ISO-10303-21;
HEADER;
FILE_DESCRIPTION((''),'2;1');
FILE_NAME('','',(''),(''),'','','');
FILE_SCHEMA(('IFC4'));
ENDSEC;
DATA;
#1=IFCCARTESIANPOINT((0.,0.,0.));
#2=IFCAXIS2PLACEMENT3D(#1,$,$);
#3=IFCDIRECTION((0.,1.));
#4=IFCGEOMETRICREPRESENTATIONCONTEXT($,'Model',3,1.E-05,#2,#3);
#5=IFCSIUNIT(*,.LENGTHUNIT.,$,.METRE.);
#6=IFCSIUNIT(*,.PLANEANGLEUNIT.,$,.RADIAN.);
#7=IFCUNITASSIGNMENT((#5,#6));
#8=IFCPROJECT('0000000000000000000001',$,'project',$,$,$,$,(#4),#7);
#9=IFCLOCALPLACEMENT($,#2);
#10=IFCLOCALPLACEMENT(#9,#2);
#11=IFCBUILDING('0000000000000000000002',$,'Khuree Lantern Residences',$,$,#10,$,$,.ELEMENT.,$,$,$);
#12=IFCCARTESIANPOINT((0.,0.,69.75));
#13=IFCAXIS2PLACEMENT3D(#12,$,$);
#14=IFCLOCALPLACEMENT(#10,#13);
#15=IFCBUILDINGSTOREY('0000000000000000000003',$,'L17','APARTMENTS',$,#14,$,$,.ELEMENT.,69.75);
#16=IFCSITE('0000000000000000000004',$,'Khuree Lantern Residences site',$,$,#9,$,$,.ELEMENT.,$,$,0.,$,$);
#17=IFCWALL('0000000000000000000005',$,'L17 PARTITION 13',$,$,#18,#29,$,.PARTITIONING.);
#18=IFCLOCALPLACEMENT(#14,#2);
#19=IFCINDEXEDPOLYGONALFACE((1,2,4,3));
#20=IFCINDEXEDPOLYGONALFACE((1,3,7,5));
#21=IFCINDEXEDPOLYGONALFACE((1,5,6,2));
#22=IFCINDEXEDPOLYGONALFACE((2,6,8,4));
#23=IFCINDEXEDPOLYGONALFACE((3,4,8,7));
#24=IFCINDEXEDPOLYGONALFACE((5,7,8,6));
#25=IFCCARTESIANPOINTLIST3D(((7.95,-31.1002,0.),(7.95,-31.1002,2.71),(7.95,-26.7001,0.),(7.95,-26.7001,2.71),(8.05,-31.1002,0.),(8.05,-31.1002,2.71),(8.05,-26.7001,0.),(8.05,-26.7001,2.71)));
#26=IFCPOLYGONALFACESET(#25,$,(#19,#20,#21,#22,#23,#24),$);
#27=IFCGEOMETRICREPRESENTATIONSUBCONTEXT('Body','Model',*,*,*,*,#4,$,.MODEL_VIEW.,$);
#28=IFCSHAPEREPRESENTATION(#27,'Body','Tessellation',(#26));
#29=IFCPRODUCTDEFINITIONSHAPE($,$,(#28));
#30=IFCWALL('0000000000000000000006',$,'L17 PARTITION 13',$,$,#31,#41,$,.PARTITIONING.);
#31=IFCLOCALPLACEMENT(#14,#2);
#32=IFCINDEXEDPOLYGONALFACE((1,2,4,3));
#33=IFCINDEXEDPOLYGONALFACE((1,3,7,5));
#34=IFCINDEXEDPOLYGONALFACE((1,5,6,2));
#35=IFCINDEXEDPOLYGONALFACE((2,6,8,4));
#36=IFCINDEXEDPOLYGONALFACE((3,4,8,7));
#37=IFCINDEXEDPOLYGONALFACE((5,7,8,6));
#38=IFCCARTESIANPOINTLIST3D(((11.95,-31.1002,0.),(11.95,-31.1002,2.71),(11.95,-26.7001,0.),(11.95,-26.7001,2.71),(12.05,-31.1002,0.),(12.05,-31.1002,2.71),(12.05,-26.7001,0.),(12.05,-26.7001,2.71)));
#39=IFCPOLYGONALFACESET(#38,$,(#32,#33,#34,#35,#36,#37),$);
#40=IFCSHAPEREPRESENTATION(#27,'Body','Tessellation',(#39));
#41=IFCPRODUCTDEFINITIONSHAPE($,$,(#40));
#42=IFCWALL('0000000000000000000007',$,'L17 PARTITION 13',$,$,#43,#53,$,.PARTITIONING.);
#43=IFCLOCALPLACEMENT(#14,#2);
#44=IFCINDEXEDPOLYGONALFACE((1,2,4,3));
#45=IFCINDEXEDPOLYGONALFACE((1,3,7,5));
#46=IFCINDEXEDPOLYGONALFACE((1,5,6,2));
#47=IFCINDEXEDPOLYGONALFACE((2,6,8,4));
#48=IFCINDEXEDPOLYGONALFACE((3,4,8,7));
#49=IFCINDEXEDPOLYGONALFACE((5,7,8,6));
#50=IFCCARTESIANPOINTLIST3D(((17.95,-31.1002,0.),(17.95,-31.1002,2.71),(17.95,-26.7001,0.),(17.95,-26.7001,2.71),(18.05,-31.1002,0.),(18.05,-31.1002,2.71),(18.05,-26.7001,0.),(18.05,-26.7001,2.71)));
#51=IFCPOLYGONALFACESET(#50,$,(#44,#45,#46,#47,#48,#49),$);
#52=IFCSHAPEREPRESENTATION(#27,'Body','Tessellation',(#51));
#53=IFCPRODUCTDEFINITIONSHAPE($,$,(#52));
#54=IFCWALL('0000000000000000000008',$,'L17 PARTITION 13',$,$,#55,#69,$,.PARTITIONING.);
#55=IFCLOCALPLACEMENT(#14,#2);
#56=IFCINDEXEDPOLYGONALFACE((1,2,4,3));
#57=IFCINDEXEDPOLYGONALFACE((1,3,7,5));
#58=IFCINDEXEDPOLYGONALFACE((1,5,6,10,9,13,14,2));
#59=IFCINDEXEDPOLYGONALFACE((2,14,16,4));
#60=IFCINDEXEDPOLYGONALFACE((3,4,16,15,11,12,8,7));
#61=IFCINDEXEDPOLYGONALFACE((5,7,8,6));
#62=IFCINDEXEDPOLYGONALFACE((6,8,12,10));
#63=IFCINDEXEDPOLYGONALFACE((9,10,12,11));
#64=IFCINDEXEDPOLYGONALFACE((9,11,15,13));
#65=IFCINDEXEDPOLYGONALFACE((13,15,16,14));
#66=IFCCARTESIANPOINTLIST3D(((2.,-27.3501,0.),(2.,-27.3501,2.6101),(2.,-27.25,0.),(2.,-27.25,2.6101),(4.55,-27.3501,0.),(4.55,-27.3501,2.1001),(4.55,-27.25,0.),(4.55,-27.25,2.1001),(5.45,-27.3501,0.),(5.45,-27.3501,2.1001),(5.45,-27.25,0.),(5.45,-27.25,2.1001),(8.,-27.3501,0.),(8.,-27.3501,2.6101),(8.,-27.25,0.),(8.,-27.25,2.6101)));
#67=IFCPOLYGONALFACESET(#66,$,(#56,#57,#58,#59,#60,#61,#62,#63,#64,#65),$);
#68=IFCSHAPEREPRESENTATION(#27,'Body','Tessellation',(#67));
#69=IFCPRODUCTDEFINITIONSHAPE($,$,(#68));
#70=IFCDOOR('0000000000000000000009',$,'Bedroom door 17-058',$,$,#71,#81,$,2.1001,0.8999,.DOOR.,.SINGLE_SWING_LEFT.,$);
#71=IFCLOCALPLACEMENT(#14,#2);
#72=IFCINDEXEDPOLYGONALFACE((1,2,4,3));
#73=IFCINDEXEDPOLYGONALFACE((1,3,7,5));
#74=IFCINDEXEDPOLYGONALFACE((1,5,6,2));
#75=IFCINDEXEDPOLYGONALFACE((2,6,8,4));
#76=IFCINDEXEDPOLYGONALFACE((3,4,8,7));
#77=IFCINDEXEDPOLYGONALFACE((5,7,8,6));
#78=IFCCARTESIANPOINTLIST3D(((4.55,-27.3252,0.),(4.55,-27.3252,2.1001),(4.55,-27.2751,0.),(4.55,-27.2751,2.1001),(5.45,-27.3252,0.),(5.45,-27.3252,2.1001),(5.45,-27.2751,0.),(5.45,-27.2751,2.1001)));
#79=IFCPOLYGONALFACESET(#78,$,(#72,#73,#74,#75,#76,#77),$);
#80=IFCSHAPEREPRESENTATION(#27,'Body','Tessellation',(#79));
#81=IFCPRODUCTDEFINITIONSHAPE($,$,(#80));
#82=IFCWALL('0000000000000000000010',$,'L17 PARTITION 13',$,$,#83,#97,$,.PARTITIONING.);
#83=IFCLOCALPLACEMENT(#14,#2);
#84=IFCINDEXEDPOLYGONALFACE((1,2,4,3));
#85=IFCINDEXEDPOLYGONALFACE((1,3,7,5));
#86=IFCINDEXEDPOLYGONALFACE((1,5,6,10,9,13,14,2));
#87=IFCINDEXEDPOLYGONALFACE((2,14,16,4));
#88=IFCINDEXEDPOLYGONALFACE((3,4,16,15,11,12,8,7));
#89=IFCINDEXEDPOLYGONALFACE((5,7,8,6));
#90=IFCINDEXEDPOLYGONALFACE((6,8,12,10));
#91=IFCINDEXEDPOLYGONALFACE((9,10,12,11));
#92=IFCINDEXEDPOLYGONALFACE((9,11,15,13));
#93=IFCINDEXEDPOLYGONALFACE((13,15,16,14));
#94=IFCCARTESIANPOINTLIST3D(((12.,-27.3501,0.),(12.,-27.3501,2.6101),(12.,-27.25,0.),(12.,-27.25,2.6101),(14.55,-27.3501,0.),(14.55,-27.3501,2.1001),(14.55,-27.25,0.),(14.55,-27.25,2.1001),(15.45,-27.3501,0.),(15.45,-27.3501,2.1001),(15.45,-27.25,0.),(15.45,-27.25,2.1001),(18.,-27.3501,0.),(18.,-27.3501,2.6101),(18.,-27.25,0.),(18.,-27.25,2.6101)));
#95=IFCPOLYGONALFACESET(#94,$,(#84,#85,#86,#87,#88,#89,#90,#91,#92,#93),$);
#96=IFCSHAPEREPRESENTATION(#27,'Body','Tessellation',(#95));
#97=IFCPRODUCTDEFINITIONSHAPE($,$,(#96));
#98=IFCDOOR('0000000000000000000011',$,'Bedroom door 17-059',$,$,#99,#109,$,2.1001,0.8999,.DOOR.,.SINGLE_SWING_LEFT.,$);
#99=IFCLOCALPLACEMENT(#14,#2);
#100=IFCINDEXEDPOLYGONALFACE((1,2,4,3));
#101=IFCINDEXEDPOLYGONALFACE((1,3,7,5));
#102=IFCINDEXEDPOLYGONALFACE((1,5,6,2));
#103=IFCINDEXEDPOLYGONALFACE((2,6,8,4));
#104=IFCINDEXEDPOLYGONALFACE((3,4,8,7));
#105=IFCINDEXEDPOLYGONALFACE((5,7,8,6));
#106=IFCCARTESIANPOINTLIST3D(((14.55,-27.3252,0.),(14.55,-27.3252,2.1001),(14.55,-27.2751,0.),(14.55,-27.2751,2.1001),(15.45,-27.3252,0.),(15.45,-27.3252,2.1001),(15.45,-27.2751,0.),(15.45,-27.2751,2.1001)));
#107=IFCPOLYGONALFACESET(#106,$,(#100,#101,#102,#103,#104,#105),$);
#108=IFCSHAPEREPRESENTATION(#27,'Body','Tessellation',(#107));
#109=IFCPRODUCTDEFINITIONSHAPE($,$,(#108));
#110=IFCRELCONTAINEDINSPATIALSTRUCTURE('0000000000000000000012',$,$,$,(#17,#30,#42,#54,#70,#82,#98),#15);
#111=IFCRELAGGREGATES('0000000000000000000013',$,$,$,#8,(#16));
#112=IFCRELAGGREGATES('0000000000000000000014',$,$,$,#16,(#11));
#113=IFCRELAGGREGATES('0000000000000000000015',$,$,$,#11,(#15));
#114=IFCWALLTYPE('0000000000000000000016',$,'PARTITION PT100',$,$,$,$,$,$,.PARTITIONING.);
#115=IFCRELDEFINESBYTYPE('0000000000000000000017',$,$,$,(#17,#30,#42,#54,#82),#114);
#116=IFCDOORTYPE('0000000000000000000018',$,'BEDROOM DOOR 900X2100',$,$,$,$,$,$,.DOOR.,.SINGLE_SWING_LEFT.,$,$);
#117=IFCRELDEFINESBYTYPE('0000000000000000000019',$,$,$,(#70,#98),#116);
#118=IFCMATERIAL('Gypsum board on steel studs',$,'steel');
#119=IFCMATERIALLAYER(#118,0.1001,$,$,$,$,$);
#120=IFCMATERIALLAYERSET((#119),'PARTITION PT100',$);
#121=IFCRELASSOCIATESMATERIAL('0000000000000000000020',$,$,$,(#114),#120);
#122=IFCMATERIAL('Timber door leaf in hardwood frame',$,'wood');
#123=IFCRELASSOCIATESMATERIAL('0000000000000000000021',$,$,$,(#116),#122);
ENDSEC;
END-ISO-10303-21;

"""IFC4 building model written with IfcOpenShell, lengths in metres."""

from ifc_helpers import new_model, si_unit, direction, frame, frame_2d, origin, place, context, subcontext, project, spatial, rectangle, extrude, material, layer, layer_set, type_object, element, fill, save


model = new_model("IFC4")

# Units and contexts
model_context = context("Model", 3, precision=1e-05, world=origin(), true_north=direction((0.0, 1.0)))
body_context = subcontext(model_context, "Body", "Model", "MODEL_VIEW")
ifc_project = project(units=[si_unit("LENGTHUNIT", "METRE"), si_unit("PLANEANGLEUNIT", "RADIAN")], contexts=[model_context])

# Site, building, storey
site_placement = place(None, origin())
site = spatial("IfcSite", under=ifc_project, at=site_placement, Name="Khuree Lantern Residences site", CompositionType="ELEMENT", RefElevation=0.0)
building_placement = place(site_placement, origin())
building = spatial("IfcBuilding", under=site, at=building_placement, Name="Khuree Lantern Residences", CompositionType="ELEMENT")
storey_placement = place(building_placement, frame((0.0, 0.0, 69.75)))
storey = spatial("IfcBuildingStorey", under=building, at=storey_placement, Name="L17", Description="APARTMENTS", CompositionType="ELEMENT", Elevation=69.75)

# Shared definitions
ifc_material_1 = material(Name="Timber door leaf in hardwood frame", Category="wood")

# Shared definitions
ifc_material_2 = material(Name="Gypsum board on steel studs", Category="steel")

# Walls
ifc_layer_1 = layer(ifc_material_2, 0.1001)
ifc_layer_set_1 = layer_set([ifc_layer_1], Name="PARTITION PT100")
wall_type_1 = type_object("IfcWallType", Name="PARTITION PT100", PredefinedType="PARTITIONING", material=ifc_layer_set_1)
for number, where, z_axis, x_axis, name in (
    (1, (8.0, -26.7, 0.0), (0.0, 0.0, 1.0), (0.0, -1.0, 0.0), "L17 PARTITION 13"),
    (2, (12.0, -26.7, 0.0), (0.0, 0.0, 1.0), (0.0, -1.0, 0.0), "L17 PARTITION 13"),
    (3, (18.0, -26.7, 0.0), (0.0, 0.0, 1.0), (0.0, -1.0, 0.0), "L17 PARTITION 13"),
):
    element("IfcWall", number, at=place(storey_placement, frame(where, z_axis=z_axis, x_axis=x_axis)), inside=storey, type_object=wall_type_1, Name=name, PredefinedType="PARTITIONING", context=body_context, shape_type="SweptSolid", body=[
        extrude(rectangle(XDim=4.4001, YDim=0.1001, at=frame_2d((2.2002, 0.0))), origin(), (0.0, 0.0, 1.0), 2.71),
    ])

# Walls, openings, doors
wall_1_placement = place(storey_placement, frame((2.0, -27.3, 0.0), z_axis=(0.0, 0.0, 1.0), x_axis=(1.0, 0.0, 0.0)))
wall_1 = element("IfcWall", 4, at=wall_1_placement, inside=storey, type_object=wall_type_1, Name="L17 PARTITION 13", PredefinedType="PARTITIONING", context=body_context, shape_type="SweptSolid", body=[
    extrude(rectangle(XDim=6.0, YDim=0.1001, at=frame_2d((3.0, 0.0))), origin(), (0.0, 0.0, 1.0), 2.6101),
])
opening_1_placement = place(wall_1_placement, frame((2.55, 0.0, 0.0)))
opening_1 = element("IfcOpeningElement", 5, at=opening_1_placement, cuts=wall_1, PredefinedType="OPENING", context=body_context, shape_type="SweptSolid", body=[
    extrude(rectangle(XDim=0.8999, YDim=2.1001, at=frame_2d((0.45, 1.05))), frame((0.0, 0.0601, 0.0), z_axis=(0.0, -1.0, 0.0), x_axis=(1.0, 0.0, 0.0)), (0.0, 0.0, 1.0), 0.1201),
])
door_type_1 = type_object("IfcDoorType", Name="BEDROOM DOOR 900X2100", OperationType="SINGLE_SWING_LEFT", PredefinedType="DOOR", material=ifc_material_1)
door_1_placement = place(opening_1_placement, origin())
door_1 = element("IfcDoor", 6, at=door_1_placement, inside=storey, type_object=door_type_1, Name="Bedroom door 17-058", OperationType="SINGLE_SWING_LEFT", OverallHeight=2.1001, OverallWidth=0.8999, PredefinedType="DOOR", context=body_context, shape_type="SweptSolid", body=[
    extrude(rectangle(XDim=0.8999, YDim=2.1001, at=frame_2d((0.45, 1.05))), frame((0.0, 0.0249, 0.0), z_axis=(0.0, -1.0, 0.0), x_axis=(1.0, 0.0, 0.0)), (0.0, 0.0, 1.0), 0.05),
])
fill(opening_1, door_1)
wall_2_placement = place(storey_placement, frame((12.0, -27.3, 0.0), z_axis=(0.0, 0.0, 1.0), x_axis=(1.0, 0.0, 0.0)))
wall_2 = element("IfcWall", 7, at=wall_2_placement, inside=storey, type_object=wall_type_1, Name="L17 PARTITION 13", PredefinedType="PARTITIONING", context=body_context, shape_type="SweptSolid", body=[
    extrude(rectangle(XDim=6.0, YDim=0.1001, at=frame_2d((3.0, 0.0))), origin(), (0.0, 0.0, 1.0), 2.6101),
])
opening_2_placement = place(wall_2_placement, frame((2.55, 0.0, 0.0)))
opening_2 = element("IfcOpeningElement", 8, at=opening_2_placement, cuts=wall_2, PredefinedType="OPENING", context=body_context, shape_type="SweptSolid", body=[
    extrude(rectangle(XDim=0.8999, YDim=2.1001, at=frame_2d((0.45, 1.05))), frame((0.0, 0.0601, 0.0), z_axis=(0.0, -1.0, 0.0), x_axis=(1.0, 0.0, 0.0)), (0.0, 0.0, 1.0), 0.1201),
])
door_2_placement = place(opening_2_placement, origin())
door_2 = element("IfcDoor", 9, at=door_2_placement, inside=storey, type_object=door_type_1, Name="Bedroom door 17-059", OperationType="SINGLE_SWING_LEFT", OverallHeight=2.1001, OverallWidth=0.8999, PredefinedType="DOOR", context=body_context, shape_type="SweptSolid", body=[
    extrude(rectangle(XDim=0.8999, YDim=2.1001, at=frame_2d((0.45, 1.05))), frame((0.0, 0.0249, 0.0), z_axis=(0.0, -1.0, 0.0), x_axis=(1.0, 0.0, 0.0)), (0.0, 0.0, 1.0), 0.05),
])
fill(opening_2, door_2)

save(model, "model.ifc")
